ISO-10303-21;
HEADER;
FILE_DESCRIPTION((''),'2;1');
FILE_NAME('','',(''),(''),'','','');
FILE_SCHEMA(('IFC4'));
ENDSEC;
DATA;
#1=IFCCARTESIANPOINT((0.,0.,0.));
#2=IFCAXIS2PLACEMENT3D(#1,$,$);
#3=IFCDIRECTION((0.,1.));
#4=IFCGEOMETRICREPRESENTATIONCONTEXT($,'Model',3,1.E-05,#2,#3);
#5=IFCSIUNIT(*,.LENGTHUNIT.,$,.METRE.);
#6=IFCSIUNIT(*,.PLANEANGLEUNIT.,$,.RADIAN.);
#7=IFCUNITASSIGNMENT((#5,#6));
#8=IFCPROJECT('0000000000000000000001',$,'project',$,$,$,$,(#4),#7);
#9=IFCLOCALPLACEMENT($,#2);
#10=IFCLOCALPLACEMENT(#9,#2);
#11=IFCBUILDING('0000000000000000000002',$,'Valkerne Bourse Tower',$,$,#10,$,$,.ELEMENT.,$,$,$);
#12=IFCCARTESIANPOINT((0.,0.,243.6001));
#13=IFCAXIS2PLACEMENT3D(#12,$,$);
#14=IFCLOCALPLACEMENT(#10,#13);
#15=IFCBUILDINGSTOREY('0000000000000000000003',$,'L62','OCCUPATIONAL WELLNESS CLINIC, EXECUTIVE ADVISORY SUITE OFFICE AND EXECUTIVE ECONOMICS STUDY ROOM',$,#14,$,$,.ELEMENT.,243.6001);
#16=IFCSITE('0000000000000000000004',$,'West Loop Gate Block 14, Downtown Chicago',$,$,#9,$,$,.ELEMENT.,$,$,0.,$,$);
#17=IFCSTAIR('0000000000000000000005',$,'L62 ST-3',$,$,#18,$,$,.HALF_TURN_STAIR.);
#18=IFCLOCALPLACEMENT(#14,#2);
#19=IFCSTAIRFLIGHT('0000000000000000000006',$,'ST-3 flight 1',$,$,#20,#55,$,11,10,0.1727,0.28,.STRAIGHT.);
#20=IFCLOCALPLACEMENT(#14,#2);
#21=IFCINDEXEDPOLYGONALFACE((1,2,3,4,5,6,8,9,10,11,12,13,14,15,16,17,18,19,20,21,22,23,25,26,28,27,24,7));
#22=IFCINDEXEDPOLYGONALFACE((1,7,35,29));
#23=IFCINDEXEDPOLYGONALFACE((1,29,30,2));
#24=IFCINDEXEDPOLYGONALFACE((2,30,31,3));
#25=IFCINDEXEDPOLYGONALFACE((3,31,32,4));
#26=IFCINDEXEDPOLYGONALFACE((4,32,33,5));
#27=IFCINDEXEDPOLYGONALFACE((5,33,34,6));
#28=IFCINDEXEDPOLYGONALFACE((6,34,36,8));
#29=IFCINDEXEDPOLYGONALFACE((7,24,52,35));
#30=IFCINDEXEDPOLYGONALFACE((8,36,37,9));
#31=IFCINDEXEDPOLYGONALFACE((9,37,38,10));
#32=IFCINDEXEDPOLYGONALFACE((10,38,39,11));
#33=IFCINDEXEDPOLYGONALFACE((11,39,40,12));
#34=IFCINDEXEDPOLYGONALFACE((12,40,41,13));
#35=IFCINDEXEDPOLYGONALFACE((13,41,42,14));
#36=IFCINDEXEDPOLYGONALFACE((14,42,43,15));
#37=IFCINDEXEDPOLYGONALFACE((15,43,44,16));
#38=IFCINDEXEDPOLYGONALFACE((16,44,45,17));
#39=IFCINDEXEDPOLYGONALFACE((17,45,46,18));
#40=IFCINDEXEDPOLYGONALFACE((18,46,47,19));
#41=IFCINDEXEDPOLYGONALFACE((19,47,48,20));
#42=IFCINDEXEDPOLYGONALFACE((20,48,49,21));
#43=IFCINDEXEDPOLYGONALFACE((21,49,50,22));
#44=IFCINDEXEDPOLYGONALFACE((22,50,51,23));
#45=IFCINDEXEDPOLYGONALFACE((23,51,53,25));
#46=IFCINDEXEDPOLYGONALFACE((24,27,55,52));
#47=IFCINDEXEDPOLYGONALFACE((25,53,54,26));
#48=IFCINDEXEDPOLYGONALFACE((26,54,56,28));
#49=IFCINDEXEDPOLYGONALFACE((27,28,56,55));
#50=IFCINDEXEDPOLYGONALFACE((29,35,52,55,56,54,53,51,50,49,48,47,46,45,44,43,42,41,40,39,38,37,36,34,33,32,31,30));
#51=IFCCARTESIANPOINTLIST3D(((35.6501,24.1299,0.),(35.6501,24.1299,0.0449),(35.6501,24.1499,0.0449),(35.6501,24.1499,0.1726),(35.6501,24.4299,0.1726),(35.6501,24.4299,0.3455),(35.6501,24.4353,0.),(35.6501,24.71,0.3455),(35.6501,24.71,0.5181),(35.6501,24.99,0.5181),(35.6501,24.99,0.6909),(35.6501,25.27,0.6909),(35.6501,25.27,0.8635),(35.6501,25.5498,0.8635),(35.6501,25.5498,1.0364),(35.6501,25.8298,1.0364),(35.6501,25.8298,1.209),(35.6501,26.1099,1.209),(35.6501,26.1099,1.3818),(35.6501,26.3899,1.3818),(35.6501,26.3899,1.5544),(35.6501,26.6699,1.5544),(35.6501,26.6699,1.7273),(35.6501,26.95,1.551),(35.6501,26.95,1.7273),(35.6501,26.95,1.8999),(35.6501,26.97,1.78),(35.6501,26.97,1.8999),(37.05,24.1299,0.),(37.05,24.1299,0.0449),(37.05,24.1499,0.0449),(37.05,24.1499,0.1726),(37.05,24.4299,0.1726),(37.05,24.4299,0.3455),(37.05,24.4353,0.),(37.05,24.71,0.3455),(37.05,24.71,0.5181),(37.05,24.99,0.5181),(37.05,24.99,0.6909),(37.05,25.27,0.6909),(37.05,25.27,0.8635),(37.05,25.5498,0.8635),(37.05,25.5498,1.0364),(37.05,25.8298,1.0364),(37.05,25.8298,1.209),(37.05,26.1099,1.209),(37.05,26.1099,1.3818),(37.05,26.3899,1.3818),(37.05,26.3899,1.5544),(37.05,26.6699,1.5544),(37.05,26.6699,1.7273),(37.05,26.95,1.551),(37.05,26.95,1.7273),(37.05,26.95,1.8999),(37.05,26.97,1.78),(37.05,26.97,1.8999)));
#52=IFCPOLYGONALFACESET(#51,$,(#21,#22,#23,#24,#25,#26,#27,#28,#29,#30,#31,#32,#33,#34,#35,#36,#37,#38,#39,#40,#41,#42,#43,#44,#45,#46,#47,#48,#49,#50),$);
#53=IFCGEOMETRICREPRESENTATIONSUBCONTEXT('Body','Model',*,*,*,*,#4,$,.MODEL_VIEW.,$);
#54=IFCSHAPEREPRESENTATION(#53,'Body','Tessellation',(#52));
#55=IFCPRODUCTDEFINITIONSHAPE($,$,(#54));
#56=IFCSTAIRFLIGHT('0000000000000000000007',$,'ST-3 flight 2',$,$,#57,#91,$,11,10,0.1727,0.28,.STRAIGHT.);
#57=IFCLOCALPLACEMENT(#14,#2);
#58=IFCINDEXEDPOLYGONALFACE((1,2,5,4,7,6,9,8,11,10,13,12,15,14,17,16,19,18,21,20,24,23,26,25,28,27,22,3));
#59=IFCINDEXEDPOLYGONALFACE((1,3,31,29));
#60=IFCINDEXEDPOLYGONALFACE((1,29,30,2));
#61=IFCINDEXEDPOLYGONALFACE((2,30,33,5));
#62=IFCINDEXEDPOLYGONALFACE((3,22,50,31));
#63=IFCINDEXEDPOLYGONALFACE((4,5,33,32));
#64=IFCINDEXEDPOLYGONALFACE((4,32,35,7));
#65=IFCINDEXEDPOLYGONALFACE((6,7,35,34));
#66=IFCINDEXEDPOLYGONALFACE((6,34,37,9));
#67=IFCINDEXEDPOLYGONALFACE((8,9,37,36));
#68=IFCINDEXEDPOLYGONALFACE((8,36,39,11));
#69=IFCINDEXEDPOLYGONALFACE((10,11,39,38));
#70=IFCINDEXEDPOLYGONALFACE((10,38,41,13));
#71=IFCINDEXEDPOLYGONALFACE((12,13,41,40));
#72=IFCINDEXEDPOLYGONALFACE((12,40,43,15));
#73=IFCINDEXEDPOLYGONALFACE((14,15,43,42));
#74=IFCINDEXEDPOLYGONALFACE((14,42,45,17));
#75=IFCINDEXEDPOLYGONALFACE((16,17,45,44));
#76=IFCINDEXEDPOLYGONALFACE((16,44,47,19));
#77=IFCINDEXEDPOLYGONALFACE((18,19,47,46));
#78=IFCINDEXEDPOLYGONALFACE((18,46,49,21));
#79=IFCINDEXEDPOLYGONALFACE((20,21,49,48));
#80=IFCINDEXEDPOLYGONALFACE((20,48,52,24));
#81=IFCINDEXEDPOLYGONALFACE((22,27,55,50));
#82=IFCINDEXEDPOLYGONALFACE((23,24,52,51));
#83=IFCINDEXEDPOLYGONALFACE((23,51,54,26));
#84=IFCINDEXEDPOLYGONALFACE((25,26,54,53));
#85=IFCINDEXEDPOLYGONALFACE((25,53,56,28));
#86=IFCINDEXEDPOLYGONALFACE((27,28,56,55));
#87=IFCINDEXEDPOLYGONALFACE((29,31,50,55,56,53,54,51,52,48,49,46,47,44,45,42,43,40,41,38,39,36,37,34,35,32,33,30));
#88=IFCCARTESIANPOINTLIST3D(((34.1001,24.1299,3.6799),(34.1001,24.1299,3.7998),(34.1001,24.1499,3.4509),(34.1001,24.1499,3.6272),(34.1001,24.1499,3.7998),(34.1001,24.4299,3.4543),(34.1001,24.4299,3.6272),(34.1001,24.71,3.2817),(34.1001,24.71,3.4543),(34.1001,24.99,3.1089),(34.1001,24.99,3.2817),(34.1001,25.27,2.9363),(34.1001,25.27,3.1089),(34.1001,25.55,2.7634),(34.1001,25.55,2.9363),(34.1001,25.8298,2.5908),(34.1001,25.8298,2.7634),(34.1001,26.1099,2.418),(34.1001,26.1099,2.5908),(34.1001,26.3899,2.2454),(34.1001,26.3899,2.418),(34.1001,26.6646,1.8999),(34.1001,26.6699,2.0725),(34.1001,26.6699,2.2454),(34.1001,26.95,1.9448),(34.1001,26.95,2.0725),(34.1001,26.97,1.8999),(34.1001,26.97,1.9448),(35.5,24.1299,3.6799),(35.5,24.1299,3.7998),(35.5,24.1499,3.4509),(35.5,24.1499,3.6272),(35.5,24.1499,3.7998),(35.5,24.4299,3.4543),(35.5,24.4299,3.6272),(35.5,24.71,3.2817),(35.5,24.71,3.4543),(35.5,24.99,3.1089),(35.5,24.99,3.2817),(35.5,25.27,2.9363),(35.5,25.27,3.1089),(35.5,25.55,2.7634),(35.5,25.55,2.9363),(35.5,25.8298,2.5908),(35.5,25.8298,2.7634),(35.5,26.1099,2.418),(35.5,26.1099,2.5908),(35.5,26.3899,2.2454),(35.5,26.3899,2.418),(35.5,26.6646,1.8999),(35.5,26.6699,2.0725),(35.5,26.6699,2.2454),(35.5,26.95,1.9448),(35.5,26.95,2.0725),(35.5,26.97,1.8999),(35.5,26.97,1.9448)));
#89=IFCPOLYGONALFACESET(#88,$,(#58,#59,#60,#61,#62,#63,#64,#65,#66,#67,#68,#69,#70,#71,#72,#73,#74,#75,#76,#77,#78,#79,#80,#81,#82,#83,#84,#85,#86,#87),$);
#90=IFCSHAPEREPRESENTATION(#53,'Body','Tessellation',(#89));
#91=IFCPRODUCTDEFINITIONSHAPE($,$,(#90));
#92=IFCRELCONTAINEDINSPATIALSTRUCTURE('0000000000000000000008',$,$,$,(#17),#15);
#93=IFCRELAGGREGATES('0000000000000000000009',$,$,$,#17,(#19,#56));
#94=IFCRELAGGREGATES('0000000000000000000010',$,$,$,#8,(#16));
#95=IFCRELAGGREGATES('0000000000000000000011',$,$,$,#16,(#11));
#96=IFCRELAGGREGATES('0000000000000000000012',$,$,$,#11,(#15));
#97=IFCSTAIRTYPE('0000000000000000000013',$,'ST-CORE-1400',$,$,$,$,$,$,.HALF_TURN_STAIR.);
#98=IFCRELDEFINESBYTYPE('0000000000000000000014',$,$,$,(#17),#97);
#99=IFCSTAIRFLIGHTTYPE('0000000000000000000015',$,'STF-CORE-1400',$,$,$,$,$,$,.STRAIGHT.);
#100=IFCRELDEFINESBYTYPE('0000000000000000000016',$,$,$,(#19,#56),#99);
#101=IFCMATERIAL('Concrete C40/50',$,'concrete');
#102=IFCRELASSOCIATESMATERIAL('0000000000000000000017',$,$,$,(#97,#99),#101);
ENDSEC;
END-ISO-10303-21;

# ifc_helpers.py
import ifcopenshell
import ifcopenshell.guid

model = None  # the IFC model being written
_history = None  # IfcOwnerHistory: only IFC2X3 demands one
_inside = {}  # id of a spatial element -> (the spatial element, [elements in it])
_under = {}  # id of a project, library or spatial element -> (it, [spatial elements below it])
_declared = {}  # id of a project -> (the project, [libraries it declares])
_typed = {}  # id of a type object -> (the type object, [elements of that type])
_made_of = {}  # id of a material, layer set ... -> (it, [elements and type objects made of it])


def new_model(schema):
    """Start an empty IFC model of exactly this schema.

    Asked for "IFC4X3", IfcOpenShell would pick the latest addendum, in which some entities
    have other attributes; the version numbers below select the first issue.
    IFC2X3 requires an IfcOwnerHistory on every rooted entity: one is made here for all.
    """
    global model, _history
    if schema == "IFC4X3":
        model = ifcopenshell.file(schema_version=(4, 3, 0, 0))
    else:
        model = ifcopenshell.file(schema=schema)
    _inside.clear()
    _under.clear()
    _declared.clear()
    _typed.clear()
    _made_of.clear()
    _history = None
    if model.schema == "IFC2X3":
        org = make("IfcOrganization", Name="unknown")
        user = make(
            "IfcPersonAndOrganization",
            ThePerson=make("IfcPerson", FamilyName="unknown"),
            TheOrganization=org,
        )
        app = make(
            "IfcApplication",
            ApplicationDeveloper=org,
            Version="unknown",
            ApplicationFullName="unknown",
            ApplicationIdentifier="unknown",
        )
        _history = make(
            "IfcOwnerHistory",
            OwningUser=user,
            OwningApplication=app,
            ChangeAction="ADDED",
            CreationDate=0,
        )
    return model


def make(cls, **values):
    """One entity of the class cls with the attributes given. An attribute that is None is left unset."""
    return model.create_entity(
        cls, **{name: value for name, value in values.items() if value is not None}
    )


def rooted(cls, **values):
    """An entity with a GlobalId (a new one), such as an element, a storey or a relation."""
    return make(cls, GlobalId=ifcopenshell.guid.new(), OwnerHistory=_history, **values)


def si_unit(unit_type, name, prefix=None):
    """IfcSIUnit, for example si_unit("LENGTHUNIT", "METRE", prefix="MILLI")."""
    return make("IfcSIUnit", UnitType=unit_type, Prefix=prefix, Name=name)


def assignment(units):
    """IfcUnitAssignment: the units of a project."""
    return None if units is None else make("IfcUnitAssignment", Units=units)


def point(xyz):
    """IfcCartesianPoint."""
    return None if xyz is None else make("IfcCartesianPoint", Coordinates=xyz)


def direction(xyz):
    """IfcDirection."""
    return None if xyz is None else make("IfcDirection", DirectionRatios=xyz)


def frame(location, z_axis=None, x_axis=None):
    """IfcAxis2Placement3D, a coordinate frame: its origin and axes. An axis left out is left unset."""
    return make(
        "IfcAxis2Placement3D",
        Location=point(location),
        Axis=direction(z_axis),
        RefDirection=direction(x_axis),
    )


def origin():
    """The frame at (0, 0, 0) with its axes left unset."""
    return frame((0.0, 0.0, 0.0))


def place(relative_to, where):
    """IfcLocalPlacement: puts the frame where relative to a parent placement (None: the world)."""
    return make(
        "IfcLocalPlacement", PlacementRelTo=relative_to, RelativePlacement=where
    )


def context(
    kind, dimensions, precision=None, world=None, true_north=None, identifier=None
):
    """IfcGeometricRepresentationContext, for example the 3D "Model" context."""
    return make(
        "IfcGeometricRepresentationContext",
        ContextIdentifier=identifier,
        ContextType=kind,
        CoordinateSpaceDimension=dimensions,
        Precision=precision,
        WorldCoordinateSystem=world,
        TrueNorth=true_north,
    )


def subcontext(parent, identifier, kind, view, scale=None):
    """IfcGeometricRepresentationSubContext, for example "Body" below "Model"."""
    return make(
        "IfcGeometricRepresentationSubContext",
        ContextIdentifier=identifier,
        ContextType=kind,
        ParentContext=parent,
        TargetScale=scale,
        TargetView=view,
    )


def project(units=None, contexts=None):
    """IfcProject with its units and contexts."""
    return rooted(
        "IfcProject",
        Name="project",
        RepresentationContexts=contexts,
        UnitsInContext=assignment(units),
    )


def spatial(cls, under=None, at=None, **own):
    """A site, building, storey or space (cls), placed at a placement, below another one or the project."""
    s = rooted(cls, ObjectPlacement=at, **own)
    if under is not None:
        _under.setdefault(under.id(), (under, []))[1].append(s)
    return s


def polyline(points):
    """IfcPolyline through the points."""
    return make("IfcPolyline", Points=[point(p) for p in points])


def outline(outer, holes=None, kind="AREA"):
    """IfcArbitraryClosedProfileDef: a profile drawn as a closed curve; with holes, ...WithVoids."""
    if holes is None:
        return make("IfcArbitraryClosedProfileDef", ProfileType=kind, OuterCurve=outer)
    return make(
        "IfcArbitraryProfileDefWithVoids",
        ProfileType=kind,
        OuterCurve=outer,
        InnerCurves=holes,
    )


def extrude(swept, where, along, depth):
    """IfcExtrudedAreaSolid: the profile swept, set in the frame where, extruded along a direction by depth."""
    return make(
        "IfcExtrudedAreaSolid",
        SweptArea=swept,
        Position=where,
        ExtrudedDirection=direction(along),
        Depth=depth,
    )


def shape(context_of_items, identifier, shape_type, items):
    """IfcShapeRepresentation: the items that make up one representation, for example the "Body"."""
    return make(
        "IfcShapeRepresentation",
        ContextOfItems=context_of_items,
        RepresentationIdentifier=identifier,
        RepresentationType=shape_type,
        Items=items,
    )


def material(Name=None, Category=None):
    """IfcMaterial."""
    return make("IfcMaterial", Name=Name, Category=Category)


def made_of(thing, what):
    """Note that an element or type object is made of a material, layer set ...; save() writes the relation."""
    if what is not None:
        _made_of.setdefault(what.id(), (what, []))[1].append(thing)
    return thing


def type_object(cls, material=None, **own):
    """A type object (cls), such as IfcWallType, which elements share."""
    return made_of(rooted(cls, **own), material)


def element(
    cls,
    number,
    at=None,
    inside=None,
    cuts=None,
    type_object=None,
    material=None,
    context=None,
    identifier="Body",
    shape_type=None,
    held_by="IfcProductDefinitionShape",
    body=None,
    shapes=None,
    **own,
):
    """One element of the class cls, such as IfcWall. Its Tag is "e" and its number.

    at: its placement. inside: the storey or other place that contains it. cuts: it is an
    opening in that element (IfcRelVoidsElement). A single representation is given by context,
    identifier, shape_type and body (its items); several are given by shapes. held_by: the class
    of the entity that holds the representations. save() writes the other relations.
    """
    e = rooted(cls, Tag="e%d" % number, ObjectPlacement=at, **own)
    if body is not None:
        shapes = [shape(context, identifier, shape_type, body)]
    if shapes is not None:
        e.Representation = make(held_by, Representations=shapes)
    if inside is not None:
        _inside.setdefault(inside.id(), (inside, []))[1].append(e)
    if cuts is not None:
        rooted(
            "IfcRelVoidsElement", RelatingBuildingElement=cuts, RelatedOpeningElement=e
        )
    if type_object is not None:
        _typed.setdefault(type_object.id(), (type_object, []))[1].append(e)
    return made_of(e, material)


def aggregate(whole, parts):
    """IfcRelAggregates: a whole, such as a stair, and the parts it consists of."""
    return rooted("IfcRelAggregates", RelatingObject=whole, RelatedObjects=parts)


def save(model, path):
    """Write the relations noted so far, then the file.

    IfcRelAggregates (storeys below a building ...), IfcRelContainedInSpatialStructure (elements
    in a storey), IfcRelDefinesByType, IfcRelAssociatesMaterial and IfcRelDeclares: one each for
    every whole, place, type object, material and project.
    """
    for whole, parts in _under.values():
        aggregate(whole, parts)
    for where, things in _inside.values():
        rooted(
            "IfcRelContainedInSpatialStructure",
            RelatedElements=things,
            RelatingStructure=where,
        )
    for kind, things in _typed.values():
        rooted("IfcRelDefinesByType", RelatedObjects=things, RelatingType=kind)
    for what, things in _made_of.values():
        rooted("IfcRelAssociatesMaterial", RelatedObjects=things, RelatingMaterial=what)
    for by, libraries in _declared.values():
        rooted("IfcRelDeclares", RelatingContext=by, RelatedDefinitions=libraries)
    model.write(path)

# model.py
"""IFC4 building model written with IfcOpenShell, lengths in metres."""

from ifc_helpers import new_model, si_unit, direction, frame, origin, place, context, subcontext, project, spatial, polyline, outline, extrude, material, type_object, element, aggregate, save


model = new_model("IFC4")

# Units and contexts
model_context = context("Model", 3, precision=1e-05, world=origin(), true_north=direction((0.0, 1.0)))
body_context = subcontext(model_context, "Body", "Model", "MODEL_VIEW")
ifc_project = project(units=[si_unit("LENGTHUNIT", "METRE"), si_unit("PLANEANGLEUNIT", "RADIAN")], contexts=[model_context])

# Site, building, storey
site_placement = place(None, origin())
site = spatial("IfcSite", under=ifc_project, at=site_placement, Name="West Loop Gate Block 14, Downtown Chicago", CompositionType="ELEMENT", RefElevation=0.0)
building_placement = place(site_placement, origin())
building = spatial("IfcBuilding", under=site, at=building_placement, Name="Valkerne Bourse Tower", CompositionType="ELEMENT")
storey_placement = place(building_placement, frame((0.0, 0.0, 243.6001)))
storey = spatial("IfcBuildingStorey", under=building, at=storey_placement, Name="L62", Description="OCCUPATIONAL WELLNESS CLINIC, EXECUTIVE ADVISORY SUITE OFFICE AND EXECUTIVE ECONOMICS STUDY ROOM", CompositionType="ELEMENT", Elevation=243.6001)

# Shared definitions
ifc_material_1 = material(Name="Concrete C40/50", Category="concrete")

# Stair, stair flights
stair_type = type_object("IfcStairType", Name="ST-CORE-1400", PredefinedType="HALF_TURN_STAIR", material=ifc_material_1)
stair_placement = place(storey_placement, origin())
stair = element("IfcStair", 1, at=stair_placement, inside=storey, type_object=stair_type, Name="L62 ST-3", PredefinedType="HALF_TURN_STAIR")
stair_flight_type = type_object("IfcStairFlightType", Name="STF-CORE-1400", PredefinedType="STRAIGHT", material=ifc_material_1)
stair_flight_1_placement = place(storey_placement, frame((36.3501, 24.1499, 0.0), z_axis=(0.0, 0.0, 1.0), x_axis=(0.0, 1.0, 0.0)))
stair_flight_1 = element("IfcStairFlight", 2, at=stair_flight_1_placement, type_object=stair_flight_type, Name="ST-3 flight 1", NumberOfRisers=11, NumberOfTreads=10, PredefinedType="STRAIGHT", RiserHeight=0.1727, TreadLength=0.28, context=body_context, shape_type="SweptSolid", body=[
    extrude(outline(polyline([(-0.02, 0.0), (-0.02, 0.0449), (0.0, 0.0449), (0.0, 0.1726), (0.28, 0.1726), (0.28, 0.3455), (0.5601, 0.3455), (0.5601, 0.5181), (0.8401, 0.5181), (0.8401, 0.6909), (1.1201, 0.6909), (1.1201, 0.8635), (1.3999, 0.8635), (1.3999, 1.0364), (1.6799, 1.0364), (1.6799, 1.209), (1.96, 1.209), (1.96, 1.3818), (2.24, 1.3818), (2.24, 1.5544), (2.52, 1.5544), (2.52, 1.7273), (2.8, 1.7273), (2.8, 1.8999), (2.8201, 1.8999), (2.8201, 1.78), (2.8, 1.551), (0.2854, 0.0), (-0.02, 0.0)])), frame((0.0, 0.7, 0.0), z_axis=(0.0, -1.0, 0.0), x_axis=(1.0, 0.0, 0.0)), (0.0, 0.0, 1.0), 1.3999),
])
stair_flight_2_placement = place(storey_placement, frame((34.8, 26.95, 1.8999), z_axis=(0.0, 0.0, 1.0), x_axis=(0.0, -1.0, 0.0)))
stair_flight_2 = element("IfcStairFlight", 3, at=stair_flight_2_placement, type_object=stair_flight_type, Name="ST-3 flight 2", NumberOfRisers=11, NumberOfTreads=10, PredefinedType="STRAIGHT", RiserHeight=0.1727, TreadLength=0.28, context=body_context, shape_type="SweptSolid", body=[
    extrude(outline(polyline([(-0.02, 0.0), (-0.02, 0.0449), (0.0, 0.0449), (0.0, 0.1726), (0.28, 0.1726), (0.28, 0.3455), (0.5601, 0.3455), (0.5601, 0.5181), (0.8401, 0.5181), (0.8401, 0.6909), (1.1201, 0.6909), (1.1201, 0.8635), (1.3999, 0.8635), (1.3999, 1.0364), (1.6799, 1.0364), (1.6799, 1.209), (1.96, 1.209), (1.96, 1.3818), (2.24, 1.3818), (2.24, 1.5544), (2.52, 1.5544), (2.52, 1.7273), (2.8, 1.7273), (2.8, 1.8999), (2.8201, 1.8999), (2.8201, 1.78), (2.8, 1.551), (0.2854, 0.0), (-0.02, 0.0)])), frame((0.0, 0.7, 0.0), z_axis=(0.0, -1.0, 0.0), x_axis=(1.0, 0.0, 0.0)), (0.0, 0.0, 1.0), 1.3999),
])
aggregate(stair, [stair_flight_1, stair_flight_2])

save(model, "model.ifc")
